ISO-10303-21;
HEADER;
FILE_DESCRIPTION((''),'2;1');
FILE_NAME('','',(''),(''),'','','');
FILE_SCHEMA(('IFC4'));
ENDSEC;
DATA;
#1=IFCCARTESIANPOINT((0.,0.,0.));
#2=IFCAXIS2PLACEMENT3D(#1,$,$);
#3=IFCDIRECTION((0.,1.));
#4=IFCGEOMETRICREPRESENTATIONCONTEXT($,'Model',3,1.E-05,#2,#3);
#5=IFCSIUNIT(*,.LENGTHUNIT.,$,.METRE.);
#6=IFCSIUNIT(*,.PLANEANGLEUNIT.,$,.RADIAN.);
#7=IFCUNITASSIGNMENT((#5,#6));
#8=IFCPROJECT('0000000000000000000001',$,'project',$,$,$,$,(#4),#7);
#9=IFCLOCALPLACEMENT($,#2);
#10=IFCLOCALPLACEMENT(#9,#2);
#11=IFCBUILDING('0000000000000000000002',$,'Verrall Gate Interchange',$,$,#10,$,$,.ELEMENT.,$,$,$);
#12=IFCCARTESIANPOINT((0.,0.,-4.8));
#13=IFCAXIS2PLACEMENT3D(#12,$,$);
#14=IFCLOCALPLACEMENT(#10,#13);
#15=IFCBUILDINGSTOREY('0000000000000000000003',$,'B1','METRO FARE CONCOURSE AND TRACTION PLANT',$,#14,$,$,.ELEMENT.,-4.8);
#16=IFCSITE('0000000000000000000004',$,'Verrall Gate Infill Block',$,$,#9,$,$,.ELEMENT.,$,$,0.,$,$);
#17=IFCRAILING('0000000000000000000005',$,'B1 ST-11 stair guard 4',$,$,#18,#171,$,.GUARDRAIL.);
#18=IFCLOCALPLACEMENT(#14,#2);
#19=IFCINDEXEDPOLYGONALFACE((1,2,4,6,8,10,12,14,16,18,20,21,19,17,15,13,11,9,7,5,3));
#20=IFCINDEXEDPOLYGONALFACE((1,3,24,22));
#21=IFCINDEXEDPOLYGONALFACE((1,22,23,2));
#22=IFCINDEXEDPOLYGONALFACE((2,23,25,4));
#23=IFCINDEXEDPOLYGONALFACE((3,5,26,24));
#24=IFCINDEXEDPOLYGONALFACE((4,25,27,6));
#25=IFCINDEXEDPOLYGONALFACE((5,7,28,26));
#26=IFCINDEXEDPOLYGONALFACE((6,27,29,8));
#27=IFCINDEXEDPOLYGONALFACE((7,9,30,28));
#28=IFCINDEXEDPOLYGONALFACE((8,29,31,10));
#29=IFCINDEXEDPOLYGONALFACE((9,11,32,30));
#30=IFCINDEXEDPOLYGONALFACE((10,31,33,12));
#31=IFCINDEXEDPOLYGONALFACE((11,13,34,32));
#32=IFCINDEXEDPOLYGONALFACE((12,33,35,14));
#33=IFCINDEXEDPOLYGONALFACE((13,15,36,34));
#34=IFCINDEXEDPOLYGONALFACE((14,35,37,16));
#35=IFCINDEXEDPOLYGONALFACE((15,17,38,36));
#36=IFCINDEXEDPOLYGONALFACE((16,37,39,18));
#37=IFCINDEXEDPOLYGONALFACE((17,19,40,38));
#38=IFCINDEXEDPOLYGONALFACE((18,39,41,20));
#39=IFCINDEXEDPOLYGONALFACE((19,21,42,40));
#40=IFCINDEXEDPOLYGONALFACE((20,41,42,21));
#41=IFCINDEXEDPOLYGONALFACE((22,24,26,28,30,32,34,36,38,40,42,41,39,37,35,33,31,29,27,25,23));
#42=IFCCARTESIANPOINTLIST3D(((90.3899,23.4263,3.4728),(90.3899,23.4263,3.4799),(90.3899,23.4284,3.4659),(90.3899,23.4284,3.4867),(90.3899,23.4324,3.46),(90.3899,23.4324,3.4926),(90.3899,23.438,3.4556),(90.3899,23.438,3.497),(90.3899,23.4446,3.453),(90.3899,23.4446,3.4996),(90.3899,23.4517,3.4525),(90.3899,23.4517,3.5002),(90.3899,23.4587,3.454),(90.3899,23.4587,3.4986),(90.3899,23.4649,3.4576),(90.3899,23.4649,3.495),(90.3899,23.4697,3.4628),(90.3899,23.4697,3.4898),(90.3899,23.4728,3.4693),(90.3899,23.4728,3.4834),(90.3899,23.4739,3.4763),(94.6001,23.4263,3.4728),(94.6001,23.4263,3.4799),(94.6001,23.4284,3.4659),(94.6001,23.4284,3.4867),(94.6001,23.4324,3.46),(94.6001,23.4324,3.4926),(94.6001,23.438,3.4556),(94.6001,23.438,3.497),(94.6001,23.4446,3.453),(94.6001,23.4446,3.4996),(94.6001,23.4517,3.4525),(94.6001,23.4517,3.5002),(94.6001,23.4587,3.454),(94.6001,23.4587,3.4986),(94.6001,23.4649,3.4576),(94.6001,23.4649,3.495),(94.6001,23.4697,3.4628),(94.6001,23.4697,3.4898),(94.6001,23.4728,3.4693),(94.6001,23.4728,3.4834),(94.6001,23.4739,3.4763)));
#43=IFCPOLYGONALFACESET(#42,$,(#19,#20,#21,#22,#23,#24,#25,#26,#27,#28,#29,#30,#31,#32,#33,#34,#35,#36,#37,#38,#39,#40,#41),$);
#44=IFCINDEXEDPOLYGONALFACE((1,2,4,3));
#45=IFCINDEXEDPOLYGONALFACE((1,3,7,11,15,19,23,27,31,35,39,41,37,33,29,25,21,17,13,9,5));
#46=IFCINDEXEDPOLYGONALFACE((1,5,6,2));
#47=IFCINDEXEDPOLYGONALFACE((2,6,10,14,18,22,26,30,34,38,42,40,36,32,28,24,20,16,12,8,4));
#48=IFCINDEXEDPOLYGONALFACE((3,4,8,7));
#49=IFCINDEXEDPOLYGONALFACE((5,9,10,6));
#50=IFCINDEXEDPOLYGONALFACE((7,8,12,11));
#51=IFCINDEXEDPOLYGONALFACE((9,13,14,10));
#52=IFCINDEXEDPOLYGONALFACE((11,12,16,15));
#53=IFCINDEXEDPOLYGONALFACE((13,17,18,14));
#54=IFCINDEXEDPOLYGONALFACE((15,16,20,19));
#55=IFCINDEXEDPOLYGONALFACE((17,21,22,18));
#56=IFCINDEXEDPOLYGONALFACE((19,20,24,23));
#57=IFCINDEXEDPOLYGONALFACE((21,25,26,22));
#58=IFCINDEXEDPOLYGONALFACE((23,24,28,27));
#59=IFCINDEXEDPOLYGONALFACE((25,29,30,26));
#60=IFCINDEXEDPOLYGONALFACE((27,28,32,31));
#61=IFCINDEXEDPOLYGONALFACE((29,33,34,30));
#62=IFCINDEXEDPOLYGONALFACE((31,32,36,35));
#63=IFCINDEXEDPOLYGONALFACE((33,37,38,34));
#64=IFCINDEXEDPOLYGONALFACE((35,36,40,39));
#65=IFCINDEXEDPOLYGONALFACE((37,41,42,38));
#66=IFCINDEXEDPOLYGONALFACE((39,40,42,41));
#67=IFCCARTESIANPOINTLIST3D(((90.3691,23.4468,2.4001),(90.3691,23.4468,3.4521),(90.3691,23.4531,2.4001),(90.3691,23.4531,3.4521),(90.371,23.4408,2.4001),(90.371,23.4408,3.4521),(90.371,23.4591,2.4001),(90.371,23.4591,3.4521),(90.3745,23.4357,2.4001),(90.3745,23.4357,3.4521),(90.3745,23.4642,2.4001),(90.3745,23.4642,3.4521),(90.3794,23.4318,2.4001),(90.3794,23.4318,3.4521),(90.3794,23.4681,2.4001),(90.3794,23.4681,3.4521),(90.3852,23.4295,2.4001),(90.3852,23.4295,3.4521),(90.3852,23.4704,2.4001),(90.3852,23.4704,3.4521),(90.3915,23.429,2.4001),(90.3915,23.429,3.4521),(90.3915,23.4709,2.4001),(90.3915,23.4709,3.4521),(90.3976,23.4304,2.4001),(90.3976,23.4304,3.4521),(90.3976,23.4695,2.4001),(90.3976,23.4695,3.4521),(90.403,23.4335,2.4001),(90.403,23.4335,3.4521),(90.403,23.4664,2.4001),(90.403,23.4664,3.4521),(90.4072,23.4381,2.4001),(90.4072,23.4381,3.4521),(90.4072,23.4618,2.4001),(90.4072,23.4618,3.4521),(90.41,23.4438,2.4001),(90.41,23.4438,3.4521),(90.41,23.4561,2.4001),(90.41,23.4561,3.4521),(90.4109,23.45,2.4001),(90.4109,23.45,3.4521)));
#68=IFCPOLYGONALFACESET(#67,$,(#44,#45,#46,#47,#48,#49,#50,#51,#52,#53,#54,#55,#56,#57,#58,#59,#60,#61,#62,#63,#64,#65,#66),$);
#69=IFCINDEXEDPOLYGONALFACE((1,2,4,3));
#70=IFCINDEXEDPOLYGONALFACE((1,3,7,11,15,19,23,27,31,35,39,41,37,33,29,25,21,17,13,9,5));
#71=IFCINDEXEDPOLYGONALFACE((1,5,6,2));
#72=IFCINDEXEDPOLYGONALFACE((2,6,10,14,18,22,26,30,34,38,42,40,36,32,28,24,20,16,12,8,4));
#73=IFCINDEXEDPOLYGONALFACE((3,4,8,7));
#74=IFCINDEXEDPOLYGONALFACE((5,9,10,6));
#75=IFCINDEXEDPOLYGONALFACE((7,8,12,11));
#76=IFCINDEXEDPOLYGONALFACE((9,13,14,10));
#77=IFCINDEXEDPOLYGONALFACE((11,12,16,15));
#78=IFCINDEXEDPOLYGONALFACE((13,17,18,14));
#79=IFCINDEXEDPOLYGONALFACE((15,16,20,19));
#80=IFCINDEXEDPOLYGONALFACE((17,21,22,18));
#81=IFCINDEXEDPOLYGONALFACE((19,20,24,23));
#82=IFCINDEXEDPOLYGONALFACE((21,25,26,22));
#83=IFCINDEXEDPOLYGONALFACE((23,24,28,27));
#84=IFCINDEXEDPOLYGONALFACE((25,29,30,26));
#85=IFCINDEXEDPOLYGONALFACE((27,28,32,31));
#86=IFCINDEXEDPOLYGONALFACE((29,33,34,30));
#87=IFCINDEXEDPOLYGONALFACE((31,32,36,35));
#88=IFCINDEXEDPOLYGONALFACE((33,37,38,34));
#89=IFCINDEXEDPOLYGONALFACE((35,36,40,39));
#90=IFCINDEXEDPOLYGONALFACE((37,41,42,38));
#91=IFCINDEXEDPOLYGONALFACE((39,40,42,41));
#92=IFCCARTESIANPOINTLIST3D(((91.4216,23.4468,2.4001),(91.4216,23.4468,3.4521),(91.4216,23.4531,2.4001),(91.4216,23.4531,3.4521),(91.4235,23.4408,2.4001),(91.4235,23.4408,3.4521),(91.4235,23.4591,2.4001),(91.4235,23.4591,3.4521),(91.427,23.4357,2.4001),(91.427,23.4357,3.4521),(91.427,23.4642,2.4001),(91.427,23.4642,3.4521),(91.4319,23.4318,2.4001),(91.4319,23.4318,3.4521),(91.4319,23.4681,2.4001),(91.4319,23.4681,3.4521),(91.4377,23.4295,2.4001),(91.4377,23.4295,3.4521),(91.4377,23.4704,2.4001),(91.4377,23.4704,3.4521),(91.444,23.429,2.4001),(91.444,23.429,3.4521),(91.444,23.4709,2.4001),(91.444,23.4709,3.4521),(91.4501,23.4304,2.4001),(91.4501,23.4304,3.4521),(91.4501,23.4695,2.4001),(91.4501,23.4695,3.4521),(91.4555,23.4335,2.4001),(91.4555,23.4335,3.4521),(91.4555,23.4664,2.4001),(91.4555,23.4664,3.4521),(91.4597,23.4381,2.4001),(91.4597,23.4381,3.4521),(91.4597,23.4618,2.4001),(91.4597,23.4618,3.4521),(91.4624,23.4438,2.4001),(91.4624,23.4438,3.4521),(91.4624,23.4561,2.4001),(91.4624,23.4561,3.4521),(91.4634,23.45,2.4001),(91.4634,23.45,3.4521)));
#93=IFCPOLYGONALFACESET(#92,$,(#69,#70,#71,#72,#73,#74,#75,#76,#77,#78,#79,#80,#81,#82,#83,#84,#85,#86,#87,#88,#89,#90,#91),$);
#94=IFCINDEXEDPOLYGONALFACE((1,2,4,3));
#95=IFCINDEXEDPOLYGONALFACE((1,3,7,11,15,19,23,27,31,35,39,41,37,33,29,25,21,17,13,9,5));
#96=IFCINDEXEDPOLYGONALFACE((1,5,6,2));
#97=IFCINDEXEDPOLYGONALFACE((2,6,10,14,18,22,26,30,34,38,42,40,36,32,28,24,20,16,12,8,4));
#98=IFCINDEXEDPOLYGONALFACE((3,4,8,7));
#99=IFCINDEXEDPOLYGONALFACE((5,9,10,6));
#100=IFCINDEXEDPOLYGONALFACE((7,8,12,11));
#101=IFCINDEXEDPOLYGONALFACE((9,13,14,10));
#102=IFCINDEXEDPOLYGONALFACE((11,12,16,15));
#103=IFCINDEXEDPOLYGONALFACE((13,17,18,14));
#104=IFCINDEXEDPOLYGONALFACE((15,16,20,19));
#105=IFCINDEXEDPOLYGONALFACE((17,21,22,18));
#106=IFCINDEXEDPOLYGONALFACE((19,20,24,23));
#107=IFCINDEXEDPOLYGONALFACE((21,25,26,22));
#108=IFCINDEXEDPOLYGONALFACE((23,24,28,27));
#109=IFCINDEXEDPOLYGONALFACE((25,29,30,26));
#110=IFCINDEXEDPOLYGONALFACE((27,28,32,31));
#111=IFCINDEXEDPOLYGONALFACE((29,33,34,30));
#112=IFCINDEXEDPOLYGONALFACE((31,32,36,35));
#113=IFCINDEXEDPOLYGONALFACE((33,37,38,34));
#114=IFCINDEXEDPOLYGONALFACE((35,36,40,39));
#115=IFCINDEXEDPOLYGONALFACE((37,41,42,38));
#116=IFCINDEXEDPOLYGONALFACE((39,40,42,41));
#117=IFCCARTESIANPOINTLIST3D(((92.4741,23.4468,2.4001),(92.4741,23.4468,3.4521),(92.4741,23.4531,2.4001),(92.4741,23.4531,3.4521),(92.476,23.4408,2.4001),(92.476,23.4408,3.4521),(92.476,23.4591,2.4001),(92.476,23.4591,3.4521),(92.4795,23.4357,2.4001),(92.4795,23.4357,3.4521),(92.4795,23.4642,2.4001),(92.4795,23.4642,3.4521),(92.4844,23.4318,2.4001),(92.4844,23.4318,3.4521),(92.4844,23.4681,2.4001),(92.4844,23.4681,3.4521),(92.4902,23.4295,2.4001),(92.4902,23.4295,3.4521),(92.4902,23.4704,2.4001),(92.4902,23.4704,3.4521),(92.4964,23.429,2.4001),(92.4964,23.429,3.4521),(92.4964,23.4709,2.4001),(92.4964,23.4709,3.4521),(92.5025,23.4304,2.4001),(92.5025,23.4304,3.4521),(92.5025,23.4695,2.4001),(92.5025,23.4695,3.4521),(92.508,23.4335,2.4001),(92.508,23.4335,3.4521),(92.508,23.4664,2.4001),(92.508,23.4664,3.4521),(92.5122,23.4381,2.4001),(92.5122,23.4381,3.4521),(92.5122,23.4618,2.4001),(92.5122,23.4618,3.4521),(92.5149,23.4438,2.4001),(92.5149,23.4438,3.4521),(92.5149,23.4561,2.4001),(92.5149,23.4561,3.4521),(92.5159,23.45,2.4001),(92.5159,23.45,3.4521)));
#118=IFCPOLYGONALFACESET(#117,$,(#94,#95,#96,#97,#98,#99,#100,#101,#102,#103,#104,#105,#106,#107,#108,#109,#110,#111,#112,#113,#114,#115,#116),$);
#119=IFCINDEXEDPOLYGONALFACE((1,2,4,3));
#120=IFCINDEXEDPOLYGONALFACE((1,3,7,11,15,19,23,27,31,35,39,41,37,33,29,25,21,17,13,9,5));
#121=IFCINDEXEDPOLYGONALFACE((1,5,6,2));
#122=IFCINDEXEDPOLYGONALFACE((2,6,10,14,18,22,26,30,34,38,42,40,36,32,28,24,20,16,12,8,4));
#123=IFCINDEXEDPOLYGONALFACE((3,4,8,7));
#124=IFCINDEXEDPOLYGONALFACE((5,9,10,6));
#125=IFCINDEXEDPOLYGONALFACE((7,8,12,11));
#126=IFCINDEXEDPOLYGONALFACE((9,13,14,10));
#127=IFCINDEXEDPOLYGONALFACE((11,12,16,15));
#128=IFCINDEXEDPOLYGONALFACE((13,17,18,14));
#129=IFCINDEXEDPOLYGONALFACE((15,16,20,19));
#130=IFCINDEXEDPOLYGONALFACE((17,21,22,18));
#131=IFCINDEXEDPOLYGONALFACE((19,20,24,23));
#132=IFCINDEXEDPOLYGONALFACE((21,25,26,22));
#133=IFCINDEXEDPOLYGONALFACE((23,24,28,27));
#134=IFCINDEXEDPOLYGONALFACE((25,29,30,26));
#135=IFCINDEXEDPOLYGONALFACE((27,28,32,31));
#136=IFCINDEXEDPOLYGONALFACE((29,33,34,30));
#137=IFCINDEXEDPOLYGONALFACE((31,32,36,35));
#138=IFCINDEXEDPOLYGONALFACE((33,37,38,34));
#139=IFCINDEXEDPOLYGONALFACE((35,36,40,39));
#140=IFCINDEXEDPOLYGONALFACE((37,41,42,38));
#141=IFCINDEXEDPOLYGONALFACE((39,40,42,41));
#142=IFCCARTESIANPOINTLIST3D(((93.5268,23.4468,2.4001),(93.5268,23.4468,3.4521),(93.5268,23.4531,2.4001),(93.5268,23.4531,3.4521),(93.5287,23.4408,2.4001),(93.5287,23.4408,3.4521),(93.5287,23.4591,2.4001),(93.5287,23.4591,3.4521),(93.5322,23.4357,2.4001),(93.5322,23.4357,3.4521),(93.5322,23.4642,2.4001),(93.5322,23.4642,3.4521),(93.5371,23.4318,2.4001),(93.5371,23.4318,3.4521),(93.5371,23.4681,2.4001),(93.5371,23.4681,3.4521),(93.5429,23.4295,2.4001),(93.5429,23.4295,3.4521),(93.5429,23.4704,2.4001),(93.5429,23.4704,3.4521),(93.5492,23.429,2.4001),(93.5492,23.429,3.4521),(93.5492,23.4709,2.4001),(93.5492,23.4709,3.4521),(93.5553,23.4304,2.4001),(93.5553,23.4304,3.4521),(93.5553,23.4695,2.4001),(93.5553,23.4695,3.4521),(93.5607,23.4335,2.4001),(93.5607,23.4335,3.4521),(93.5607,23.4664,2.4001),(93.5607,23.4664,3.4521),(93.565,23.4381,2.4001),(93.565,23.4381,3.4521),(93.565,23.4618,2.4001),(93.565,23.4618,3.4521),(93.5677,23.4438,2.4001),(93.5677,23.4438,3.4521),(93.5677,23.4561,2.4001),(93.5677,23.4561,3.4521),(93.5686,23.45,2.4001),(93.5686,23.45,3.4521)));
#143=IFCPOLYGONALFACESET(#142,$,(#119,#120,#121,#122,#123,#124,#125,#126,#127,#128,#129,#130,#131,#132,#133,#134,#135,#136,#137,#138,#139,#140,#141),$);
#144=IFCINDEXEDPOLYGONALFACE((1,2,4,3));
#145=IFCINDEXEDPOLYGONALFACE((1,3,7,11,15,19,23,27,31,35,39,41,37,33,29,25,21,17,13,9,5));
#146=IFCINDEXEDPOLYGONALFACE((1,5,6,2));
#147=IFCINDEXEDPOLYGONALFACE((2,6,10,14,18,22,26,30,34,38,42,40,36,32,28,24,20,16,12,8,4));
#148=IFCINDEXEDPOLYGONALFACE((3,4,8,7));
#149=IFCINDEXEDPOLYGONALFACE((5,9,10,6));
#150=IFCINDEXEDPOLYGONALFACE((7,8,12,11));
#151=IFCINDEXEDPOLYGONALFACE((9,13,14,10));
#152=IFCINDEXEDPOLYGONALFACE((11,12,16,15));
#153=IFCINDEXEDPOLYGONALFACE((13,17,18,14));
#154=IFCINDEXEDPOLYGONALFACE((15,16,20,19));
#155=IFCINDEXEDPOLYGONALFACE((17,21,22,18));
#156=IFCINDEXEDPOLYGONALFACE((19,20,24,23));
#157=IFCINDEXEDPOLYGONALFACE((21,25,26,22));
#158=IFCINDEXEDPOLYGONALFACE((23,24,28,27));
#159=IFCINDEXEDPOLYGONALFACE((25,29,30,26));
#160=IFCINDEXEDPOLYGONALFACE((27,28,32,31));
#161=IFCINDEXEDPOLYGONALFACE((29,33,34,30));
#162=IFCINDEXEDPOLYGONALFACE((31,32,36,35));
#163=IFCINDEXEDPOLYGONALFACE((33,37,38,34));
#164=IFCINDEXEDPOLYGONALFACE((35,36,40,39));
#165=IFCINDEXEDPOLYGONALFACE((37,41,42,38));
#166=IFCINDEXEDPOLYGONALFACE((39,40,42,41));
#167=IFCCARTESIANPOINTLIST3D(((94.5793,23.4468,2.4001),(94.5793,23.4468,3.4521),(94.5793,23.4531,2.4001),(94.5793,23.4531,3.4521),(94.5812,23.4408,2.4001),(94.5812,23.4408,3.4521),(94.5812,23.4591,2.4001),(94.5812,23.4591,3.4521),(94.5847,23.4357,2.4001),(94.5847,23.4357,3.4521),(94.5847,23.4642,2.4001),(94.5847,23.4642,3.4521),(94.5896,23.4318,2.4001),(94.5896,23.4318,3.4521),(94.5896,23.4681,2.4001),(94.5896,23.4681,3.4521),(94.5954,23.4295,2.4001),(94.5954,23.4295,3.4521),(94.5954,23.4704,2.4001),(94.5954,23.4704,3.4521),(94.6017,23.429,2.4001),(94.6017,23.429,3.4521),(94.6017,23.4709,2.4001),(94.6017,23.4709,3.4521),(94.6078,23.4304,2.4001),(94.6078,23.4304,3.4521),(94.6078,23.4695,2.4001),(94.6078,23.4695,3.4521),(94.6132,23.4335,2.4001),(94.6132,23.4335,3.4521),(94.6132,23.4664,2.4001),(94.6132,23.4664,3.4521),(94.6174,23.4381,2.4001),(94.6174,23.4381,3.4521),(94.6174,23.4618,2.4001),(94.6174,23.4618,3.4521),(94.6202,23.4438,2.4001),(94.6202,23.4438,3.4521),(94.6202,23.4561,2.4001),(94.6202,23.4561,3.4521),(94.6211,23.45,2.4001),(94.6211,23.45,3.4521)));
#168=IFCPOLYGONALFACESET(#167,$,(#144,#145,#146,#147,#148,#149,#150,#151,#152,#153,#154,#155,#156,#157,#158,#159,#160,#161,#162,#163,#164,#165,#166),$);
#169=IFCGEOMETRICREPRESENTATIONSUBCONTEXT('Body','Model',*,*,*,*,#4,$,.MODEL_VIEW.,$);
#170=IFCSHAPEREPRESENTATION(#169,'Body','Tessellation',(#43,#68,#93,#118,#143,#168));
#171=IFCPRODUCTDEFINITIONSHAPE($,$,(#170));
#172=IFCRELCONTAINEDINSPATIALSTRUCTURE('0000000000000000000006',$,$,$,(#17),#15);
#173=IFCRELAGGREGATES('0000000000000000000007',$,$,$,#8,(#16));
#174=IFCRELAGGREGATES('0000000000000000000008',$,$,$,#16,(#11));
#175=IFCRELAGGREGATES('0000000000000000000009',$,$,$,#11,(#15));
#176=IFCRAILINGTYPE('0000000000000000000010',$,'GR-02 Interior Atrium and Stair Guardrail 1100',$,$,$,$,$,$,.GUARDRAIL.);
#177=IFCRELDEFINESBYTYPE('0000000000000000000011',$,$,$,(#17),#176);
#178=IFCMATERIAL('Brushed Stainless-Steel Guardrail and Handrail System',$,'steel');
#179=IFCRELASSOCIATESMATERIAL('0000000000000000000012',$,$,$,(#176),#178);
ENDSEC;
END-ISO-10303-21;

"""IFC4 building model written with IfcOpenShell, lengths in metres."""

from ifc_helpers import new_model, si_unit, direction, frame, origin, origin_2d, place, context, subcontext, project, spatial, circle, extrude, material, type_object, element, save


model = new_model("IFC4")

# Units and contexts
model_context = context("Model", 3, precision=1e-05, world=origin(), true_north=direction((0.0, 1.0)))
body_context = subcontext(model_context, "Body", "Model", "MODEL_VIEW")
ifc_project = project(units=[si_unit("LENGTHUNIT", "METRE"), si_unit("PLANEANGLEUNIT", "RADIAN")], contexts=[model_context])

# Site, building, storey
site_placement = place(None, origin())
site = spatial("IfcSite", under=ifc_project, at=site_placement, Name="Verrall Gate Infill Block", CompositionType="ELEMENT", RefElevation=0.0)
building_placement = place(site_placement, origin())
building = spatial("IfcBuilding", under=site, at=building_placement, Name="Verrall Gate Interchange", CompositionType="ELEMENT")
storey_placement = place(building_placement, frame((0.0, 0.0, -4.8)))
storey = spatial("IfcBuildingStorey", under=building, at=storey_placement, Name="B1", Description="METRO FARE CONCOURSE AND TRACTION PLANT", CompositionType="ELEMENT", Elevation=-4.8)

# Railing
ifc_material_1 = material(Name="Brushed Stainless-Steel Guardrail and Handrail System", Category="steel")
railing_type_1 = type_object("IfcRailingType", Name="GR-02 Interior Atrium and Stair Guardrail 1100", PredefinedType="GUARDRAIL", material=ifc_material_1)
for number, where, name in (
    (1, (90.3899, 23.45, 2.4001), "B1 ST-11 stair guard 4"),
):
    element("IfcRailing", number, at=place(storey_placement, frame(where)), inside=storey, type_object=railing_type_1, Name=name, PredefinedType="GUARDRAIL", context=body_context, shape_type="SweptSolid", body=[
        extrude(circle(Radius=0.0239, at=origin_2d()), frame((0.0, 0.0, 1.0762), z_axis=(1.0, 0.0, 0.0), x_axis=(0.0, 1.0, 0.0)), (0.0, 0.0, 1.0), 4.2102),
        extrude(circle(Radius=0.021, at=origin_2d()), origin(), (0.0, 0.0, 1.0), 1.052),
        extrude(circle(Radius=0.021, at=origin_2d()), frame((1.0525, 0.0, 0.0)), (0.0, 0.0, 1.0), 1.052),
        extrude(circle(Radius=0.021, at=origin_2d()), frame((2.105, 0.0, 0.0)), (0.0, 0.0, 1.0), 1.052),
        extrude(circle(Radius=0.021, at=origin_2d()), frame((3.1577, 0.0, 0.0)), (0.0, 0.0, 1.0), 1.052),
        extrude(circle(Radius=0.021, at=origin_2d()), frame((4.2102, 0.0, 0.0)), (0.0, 0.0, 1.0), 1.052),
    ])

save(model, "model.ifc")
